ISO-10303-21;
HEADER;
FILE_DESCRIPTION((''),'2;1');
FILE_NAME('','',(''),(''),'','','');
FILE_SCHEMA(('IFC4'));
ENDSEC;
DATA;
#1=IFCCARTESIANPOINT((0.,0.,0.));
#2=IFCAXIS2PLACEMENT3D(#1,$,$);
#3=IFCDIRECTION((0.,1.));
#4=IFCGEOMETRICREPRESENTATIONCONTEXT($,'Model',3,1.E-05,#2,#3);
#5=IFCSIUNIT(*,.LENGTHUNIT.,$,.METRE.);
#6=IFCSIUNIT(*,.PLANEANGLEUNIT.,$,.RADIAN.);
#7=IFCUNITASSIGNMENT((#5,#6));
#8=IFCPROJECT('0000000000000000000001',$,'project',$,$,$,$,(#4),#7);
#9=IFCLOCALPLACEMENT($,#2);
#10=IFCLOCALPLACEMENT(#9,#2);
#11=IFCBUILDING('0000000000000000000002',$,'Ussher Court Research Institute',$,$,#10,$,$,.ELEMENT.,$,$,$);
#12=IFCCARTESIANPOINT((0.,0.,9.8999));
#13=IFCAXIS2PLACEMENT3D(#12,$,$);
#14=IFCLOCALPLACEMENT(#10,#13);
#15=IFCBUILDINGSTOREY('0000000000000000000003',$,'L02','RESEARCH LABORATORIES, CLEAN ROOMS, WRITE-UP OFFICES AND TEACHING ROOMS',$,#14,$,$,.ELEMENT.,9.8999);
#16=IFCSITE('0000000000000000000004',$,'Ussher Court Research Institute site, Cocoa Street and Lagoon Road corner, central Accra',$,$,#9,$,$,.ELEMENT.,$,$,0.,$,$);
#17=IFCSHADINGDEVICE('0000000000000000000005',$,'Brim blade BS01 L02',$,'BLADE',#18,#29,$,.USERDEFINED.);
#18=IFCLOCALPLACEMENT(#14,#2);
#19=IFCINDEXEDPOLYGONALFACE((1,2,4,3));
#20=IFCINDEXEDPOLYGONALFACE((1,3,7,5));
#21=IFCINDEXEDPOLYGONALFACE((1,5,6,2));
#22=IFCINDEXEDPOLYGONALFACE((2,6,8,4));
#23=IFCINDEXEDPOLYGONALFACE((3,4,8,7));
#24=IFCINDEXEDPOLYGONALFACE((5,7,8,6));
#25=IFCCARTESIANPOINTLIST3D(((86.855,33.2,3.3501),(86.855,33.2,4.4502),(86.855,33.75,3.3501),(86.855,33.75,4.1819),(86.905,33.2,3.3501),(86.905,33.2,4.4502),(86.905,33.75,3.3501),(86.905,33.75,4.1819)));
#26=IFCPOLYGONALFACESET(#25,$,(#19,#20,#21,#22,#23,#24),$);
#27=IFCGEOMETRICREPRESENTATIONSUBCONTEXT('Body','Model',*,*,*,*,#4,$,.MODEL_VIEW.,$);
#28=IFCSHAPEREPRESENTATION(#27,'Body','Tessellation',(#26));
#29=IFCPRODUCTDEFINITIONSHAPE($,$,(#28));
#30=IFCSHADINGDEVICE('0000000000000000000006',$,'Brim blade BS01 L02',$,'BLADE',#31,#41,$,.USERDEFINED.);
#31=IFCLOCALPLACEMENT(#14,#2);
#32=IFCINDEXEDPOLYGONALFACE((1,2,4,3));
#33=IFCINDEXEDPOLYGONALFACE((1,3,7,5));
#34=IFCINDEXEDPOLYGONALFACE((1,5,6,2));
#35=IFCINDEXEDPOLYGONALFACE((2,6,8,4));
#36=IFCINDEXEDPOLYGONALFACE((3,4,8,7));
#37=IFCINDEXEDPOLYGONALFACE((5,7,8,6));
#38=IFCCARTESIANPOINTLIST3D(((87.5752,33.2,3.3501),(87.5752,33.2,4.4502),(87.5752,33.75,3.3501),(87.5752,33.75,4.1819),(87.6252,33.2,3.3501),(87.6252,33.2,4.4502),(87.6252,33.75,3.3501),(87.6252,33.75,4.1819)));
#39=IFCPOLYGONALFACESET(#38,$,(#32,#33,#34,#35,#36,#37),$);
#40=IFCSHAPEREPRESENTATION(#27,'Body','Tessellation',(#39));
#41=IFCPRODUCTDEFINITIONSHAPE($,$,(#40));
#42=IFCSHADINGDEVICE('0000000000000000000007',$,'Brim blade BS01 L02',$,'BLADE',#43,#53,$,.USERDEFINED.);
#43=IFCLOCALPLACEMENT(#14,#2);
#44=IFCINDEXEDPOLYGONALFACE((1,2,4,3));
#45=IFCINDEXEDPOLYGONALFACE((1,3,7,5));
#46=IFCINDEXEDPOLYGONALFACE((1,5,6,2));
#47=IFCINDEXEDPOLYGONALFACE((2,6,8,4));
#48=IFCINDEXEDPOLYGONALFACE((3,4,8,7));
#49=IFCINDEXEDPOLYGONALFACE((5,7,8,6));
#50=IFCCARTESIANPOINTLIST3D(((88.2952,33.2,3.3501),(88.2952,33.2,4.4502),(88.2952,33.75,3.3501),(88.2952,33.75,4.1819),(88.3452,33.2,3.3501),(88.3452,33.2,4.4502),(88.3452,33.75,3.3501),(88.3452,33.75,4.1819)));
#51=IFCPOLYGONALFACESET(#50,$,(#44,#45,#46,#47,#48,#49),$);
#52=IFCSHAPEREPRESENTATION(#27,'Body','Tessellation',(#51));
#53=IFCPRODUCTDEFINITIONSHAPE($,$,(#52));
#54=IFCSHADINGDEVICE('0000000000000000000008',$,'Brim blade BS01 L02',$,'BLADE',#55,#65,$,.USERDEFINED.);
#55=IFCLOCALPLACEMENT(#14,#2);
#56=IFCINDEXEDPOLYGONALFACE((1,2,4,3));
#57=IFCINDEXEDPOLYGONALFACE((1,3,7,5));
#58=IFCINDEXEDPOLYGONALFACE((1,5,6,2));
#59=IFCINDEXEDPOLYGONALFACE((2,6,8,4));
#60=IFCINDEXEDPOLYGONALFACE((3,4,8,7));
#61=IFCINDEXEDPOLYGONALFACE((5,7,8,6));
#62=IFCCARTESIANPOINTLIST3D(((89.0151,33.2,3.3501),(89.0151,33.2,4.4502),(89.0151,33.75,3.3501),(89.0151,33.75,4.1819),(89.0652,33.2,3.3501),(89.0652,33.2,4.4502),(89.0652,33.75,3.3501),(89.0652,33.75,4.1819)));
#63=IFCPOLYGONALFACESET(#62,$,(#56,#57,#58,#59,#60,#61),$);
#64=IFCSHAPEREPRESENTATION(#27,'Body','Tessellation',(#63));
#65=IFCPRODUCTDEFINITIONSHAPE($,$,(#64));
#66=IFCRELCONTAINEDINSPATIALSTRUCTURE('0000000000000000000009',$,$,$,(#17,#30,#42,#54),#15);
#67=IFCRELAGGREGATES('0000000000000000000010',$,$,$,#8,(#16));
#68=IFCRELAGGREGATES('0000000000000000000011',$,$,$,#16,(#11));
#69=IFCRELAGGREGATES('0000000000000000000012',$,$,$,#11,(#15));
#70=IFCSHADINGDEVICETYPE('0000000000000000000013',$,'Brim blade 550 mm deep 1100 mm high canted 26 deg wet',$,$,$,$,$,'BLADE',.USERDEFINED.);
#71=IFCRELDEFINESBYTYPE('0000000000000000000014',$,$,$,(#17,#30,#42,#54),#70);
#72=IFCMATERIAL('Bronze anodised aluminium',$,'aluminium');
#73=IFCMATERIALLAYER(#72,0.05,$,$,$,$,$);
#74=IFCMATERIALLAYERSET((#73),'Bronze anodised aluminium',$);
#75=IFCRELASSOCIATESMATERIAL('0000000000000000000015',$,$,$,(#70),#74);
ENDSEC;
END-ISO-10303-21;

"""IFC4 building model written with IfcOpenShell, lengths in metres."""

from ifc_helpers import new_model, si_unit, direction, frame, origin, place, context, subcontext, project, spatial, polyline, outline, extrude, material, layer, layer_set, type_object, element, save


model = new_model("IFC4")

# Units and contexts
model_context = context("Model", 3, precision=1e-05, world=origin(), true_north=direction((0.0, 1.0)))
body_context = subcontext(model_context, "Body", "Model", "MODEL_VIEW")
ifc_project = project(units=[si_unit("LENGTHUNIT", "METRE"), si_unit("PLANEANGLEUNIT", "RADIAN")], contexts=[model_context])

# Site, building, storey
site_placement = place(None, origin())
site = spatial("IfcSite", under=ifc_project, at=site_placement, Name="Ussher Court Research Institute site, Cocoa Street and Lagoon Road corner, central Accra", CompositionType="ELEMENT", RefElevation=0.0)
building_placement = place(site_placement, origin())
building = spatial("IfcBuilding", under=site, at=building_placement, Name="Ussher Court Research Institute", CompositionType="ELEMENT")
storey_placement = place(building_placement, frame((0.0, 0.0, 9.8999)))
storey = spatial("IfcBuildingStorey", under=building, at=storey_placement, Name="L02", Description="RESEARCH LABORATORIES, CLEAN ROOMS, WRITE-UP OFFICES AND TEACHING ROOMS", CompositionType="ELEMENT", Elevation=9.8999)

# Shading devices
ifc_material_1 = material(Name="Bronze anodised aluminium", Category="aluminium")
ifc_layer_1 = layer(ifc_material_1, 0.05)
ifc_layer_set_1 = layer_set([ifc_layer_1], Name="Bronze anodised aluminium")
shading_device_type_1 = type_object("IfcShadingDeviceType", Name="Brim blade 550 mm deep 1100 mm high canted 26 deg wet", ElementType="BLADE", PredefinedType="USERDEFINED", material=ifc_layer_set_1)
for number, where, z_axis, x_axis, name in (
    (1, (86.8799, 33.2, 3.3501), (0.0, 0.0, 1.0), (0.0, 1.0, 0.0), "Brim blade BS01 L02"),
    (2, (87.6001, 33.2, 3.3501), (0.0, 0.0, 1.0), (0.0, 1.0, 0.0), "Brim blade BS01 L02"),
    (3, (88.3201, 33.2, 3.3501), (0.0, 0.0, 1.0), (0.0, 1.0, 0.0), "Brim blade BS01 L02"),
    (4, (89.04, 33.2, 3.3501), (0.0, 0.0, 1.0), (0.0, 1.0, 0.0), "Brim blade BS01 L02"),
):
    element("IfcShadingDevice", number, at=place(storey_placement, frame(where, z_axis=z_axis, x_axis=x_axis)), inside=storey, type_object=shading_device_type_1, Name=name, ObjectType="BLADE", PredefinedType="USERDEFINED", context=body_context, shape_type="SweptSolid", body=[
        extrude(outline(polyline([(0.0, 0.0), (0.55, 0.0), (0.55, 0.8318), (0.0, 1.1001), (0.0, 0.0)])), frame((0.0, 0.0249, 0.0), z_axis=(0.0, -1.0, 0.0), x_axis=(1.0, 0.0, 0.0)), (0.0, 0.0, 1.0), 0.05),
    ])

save(model, "model.ifc")
